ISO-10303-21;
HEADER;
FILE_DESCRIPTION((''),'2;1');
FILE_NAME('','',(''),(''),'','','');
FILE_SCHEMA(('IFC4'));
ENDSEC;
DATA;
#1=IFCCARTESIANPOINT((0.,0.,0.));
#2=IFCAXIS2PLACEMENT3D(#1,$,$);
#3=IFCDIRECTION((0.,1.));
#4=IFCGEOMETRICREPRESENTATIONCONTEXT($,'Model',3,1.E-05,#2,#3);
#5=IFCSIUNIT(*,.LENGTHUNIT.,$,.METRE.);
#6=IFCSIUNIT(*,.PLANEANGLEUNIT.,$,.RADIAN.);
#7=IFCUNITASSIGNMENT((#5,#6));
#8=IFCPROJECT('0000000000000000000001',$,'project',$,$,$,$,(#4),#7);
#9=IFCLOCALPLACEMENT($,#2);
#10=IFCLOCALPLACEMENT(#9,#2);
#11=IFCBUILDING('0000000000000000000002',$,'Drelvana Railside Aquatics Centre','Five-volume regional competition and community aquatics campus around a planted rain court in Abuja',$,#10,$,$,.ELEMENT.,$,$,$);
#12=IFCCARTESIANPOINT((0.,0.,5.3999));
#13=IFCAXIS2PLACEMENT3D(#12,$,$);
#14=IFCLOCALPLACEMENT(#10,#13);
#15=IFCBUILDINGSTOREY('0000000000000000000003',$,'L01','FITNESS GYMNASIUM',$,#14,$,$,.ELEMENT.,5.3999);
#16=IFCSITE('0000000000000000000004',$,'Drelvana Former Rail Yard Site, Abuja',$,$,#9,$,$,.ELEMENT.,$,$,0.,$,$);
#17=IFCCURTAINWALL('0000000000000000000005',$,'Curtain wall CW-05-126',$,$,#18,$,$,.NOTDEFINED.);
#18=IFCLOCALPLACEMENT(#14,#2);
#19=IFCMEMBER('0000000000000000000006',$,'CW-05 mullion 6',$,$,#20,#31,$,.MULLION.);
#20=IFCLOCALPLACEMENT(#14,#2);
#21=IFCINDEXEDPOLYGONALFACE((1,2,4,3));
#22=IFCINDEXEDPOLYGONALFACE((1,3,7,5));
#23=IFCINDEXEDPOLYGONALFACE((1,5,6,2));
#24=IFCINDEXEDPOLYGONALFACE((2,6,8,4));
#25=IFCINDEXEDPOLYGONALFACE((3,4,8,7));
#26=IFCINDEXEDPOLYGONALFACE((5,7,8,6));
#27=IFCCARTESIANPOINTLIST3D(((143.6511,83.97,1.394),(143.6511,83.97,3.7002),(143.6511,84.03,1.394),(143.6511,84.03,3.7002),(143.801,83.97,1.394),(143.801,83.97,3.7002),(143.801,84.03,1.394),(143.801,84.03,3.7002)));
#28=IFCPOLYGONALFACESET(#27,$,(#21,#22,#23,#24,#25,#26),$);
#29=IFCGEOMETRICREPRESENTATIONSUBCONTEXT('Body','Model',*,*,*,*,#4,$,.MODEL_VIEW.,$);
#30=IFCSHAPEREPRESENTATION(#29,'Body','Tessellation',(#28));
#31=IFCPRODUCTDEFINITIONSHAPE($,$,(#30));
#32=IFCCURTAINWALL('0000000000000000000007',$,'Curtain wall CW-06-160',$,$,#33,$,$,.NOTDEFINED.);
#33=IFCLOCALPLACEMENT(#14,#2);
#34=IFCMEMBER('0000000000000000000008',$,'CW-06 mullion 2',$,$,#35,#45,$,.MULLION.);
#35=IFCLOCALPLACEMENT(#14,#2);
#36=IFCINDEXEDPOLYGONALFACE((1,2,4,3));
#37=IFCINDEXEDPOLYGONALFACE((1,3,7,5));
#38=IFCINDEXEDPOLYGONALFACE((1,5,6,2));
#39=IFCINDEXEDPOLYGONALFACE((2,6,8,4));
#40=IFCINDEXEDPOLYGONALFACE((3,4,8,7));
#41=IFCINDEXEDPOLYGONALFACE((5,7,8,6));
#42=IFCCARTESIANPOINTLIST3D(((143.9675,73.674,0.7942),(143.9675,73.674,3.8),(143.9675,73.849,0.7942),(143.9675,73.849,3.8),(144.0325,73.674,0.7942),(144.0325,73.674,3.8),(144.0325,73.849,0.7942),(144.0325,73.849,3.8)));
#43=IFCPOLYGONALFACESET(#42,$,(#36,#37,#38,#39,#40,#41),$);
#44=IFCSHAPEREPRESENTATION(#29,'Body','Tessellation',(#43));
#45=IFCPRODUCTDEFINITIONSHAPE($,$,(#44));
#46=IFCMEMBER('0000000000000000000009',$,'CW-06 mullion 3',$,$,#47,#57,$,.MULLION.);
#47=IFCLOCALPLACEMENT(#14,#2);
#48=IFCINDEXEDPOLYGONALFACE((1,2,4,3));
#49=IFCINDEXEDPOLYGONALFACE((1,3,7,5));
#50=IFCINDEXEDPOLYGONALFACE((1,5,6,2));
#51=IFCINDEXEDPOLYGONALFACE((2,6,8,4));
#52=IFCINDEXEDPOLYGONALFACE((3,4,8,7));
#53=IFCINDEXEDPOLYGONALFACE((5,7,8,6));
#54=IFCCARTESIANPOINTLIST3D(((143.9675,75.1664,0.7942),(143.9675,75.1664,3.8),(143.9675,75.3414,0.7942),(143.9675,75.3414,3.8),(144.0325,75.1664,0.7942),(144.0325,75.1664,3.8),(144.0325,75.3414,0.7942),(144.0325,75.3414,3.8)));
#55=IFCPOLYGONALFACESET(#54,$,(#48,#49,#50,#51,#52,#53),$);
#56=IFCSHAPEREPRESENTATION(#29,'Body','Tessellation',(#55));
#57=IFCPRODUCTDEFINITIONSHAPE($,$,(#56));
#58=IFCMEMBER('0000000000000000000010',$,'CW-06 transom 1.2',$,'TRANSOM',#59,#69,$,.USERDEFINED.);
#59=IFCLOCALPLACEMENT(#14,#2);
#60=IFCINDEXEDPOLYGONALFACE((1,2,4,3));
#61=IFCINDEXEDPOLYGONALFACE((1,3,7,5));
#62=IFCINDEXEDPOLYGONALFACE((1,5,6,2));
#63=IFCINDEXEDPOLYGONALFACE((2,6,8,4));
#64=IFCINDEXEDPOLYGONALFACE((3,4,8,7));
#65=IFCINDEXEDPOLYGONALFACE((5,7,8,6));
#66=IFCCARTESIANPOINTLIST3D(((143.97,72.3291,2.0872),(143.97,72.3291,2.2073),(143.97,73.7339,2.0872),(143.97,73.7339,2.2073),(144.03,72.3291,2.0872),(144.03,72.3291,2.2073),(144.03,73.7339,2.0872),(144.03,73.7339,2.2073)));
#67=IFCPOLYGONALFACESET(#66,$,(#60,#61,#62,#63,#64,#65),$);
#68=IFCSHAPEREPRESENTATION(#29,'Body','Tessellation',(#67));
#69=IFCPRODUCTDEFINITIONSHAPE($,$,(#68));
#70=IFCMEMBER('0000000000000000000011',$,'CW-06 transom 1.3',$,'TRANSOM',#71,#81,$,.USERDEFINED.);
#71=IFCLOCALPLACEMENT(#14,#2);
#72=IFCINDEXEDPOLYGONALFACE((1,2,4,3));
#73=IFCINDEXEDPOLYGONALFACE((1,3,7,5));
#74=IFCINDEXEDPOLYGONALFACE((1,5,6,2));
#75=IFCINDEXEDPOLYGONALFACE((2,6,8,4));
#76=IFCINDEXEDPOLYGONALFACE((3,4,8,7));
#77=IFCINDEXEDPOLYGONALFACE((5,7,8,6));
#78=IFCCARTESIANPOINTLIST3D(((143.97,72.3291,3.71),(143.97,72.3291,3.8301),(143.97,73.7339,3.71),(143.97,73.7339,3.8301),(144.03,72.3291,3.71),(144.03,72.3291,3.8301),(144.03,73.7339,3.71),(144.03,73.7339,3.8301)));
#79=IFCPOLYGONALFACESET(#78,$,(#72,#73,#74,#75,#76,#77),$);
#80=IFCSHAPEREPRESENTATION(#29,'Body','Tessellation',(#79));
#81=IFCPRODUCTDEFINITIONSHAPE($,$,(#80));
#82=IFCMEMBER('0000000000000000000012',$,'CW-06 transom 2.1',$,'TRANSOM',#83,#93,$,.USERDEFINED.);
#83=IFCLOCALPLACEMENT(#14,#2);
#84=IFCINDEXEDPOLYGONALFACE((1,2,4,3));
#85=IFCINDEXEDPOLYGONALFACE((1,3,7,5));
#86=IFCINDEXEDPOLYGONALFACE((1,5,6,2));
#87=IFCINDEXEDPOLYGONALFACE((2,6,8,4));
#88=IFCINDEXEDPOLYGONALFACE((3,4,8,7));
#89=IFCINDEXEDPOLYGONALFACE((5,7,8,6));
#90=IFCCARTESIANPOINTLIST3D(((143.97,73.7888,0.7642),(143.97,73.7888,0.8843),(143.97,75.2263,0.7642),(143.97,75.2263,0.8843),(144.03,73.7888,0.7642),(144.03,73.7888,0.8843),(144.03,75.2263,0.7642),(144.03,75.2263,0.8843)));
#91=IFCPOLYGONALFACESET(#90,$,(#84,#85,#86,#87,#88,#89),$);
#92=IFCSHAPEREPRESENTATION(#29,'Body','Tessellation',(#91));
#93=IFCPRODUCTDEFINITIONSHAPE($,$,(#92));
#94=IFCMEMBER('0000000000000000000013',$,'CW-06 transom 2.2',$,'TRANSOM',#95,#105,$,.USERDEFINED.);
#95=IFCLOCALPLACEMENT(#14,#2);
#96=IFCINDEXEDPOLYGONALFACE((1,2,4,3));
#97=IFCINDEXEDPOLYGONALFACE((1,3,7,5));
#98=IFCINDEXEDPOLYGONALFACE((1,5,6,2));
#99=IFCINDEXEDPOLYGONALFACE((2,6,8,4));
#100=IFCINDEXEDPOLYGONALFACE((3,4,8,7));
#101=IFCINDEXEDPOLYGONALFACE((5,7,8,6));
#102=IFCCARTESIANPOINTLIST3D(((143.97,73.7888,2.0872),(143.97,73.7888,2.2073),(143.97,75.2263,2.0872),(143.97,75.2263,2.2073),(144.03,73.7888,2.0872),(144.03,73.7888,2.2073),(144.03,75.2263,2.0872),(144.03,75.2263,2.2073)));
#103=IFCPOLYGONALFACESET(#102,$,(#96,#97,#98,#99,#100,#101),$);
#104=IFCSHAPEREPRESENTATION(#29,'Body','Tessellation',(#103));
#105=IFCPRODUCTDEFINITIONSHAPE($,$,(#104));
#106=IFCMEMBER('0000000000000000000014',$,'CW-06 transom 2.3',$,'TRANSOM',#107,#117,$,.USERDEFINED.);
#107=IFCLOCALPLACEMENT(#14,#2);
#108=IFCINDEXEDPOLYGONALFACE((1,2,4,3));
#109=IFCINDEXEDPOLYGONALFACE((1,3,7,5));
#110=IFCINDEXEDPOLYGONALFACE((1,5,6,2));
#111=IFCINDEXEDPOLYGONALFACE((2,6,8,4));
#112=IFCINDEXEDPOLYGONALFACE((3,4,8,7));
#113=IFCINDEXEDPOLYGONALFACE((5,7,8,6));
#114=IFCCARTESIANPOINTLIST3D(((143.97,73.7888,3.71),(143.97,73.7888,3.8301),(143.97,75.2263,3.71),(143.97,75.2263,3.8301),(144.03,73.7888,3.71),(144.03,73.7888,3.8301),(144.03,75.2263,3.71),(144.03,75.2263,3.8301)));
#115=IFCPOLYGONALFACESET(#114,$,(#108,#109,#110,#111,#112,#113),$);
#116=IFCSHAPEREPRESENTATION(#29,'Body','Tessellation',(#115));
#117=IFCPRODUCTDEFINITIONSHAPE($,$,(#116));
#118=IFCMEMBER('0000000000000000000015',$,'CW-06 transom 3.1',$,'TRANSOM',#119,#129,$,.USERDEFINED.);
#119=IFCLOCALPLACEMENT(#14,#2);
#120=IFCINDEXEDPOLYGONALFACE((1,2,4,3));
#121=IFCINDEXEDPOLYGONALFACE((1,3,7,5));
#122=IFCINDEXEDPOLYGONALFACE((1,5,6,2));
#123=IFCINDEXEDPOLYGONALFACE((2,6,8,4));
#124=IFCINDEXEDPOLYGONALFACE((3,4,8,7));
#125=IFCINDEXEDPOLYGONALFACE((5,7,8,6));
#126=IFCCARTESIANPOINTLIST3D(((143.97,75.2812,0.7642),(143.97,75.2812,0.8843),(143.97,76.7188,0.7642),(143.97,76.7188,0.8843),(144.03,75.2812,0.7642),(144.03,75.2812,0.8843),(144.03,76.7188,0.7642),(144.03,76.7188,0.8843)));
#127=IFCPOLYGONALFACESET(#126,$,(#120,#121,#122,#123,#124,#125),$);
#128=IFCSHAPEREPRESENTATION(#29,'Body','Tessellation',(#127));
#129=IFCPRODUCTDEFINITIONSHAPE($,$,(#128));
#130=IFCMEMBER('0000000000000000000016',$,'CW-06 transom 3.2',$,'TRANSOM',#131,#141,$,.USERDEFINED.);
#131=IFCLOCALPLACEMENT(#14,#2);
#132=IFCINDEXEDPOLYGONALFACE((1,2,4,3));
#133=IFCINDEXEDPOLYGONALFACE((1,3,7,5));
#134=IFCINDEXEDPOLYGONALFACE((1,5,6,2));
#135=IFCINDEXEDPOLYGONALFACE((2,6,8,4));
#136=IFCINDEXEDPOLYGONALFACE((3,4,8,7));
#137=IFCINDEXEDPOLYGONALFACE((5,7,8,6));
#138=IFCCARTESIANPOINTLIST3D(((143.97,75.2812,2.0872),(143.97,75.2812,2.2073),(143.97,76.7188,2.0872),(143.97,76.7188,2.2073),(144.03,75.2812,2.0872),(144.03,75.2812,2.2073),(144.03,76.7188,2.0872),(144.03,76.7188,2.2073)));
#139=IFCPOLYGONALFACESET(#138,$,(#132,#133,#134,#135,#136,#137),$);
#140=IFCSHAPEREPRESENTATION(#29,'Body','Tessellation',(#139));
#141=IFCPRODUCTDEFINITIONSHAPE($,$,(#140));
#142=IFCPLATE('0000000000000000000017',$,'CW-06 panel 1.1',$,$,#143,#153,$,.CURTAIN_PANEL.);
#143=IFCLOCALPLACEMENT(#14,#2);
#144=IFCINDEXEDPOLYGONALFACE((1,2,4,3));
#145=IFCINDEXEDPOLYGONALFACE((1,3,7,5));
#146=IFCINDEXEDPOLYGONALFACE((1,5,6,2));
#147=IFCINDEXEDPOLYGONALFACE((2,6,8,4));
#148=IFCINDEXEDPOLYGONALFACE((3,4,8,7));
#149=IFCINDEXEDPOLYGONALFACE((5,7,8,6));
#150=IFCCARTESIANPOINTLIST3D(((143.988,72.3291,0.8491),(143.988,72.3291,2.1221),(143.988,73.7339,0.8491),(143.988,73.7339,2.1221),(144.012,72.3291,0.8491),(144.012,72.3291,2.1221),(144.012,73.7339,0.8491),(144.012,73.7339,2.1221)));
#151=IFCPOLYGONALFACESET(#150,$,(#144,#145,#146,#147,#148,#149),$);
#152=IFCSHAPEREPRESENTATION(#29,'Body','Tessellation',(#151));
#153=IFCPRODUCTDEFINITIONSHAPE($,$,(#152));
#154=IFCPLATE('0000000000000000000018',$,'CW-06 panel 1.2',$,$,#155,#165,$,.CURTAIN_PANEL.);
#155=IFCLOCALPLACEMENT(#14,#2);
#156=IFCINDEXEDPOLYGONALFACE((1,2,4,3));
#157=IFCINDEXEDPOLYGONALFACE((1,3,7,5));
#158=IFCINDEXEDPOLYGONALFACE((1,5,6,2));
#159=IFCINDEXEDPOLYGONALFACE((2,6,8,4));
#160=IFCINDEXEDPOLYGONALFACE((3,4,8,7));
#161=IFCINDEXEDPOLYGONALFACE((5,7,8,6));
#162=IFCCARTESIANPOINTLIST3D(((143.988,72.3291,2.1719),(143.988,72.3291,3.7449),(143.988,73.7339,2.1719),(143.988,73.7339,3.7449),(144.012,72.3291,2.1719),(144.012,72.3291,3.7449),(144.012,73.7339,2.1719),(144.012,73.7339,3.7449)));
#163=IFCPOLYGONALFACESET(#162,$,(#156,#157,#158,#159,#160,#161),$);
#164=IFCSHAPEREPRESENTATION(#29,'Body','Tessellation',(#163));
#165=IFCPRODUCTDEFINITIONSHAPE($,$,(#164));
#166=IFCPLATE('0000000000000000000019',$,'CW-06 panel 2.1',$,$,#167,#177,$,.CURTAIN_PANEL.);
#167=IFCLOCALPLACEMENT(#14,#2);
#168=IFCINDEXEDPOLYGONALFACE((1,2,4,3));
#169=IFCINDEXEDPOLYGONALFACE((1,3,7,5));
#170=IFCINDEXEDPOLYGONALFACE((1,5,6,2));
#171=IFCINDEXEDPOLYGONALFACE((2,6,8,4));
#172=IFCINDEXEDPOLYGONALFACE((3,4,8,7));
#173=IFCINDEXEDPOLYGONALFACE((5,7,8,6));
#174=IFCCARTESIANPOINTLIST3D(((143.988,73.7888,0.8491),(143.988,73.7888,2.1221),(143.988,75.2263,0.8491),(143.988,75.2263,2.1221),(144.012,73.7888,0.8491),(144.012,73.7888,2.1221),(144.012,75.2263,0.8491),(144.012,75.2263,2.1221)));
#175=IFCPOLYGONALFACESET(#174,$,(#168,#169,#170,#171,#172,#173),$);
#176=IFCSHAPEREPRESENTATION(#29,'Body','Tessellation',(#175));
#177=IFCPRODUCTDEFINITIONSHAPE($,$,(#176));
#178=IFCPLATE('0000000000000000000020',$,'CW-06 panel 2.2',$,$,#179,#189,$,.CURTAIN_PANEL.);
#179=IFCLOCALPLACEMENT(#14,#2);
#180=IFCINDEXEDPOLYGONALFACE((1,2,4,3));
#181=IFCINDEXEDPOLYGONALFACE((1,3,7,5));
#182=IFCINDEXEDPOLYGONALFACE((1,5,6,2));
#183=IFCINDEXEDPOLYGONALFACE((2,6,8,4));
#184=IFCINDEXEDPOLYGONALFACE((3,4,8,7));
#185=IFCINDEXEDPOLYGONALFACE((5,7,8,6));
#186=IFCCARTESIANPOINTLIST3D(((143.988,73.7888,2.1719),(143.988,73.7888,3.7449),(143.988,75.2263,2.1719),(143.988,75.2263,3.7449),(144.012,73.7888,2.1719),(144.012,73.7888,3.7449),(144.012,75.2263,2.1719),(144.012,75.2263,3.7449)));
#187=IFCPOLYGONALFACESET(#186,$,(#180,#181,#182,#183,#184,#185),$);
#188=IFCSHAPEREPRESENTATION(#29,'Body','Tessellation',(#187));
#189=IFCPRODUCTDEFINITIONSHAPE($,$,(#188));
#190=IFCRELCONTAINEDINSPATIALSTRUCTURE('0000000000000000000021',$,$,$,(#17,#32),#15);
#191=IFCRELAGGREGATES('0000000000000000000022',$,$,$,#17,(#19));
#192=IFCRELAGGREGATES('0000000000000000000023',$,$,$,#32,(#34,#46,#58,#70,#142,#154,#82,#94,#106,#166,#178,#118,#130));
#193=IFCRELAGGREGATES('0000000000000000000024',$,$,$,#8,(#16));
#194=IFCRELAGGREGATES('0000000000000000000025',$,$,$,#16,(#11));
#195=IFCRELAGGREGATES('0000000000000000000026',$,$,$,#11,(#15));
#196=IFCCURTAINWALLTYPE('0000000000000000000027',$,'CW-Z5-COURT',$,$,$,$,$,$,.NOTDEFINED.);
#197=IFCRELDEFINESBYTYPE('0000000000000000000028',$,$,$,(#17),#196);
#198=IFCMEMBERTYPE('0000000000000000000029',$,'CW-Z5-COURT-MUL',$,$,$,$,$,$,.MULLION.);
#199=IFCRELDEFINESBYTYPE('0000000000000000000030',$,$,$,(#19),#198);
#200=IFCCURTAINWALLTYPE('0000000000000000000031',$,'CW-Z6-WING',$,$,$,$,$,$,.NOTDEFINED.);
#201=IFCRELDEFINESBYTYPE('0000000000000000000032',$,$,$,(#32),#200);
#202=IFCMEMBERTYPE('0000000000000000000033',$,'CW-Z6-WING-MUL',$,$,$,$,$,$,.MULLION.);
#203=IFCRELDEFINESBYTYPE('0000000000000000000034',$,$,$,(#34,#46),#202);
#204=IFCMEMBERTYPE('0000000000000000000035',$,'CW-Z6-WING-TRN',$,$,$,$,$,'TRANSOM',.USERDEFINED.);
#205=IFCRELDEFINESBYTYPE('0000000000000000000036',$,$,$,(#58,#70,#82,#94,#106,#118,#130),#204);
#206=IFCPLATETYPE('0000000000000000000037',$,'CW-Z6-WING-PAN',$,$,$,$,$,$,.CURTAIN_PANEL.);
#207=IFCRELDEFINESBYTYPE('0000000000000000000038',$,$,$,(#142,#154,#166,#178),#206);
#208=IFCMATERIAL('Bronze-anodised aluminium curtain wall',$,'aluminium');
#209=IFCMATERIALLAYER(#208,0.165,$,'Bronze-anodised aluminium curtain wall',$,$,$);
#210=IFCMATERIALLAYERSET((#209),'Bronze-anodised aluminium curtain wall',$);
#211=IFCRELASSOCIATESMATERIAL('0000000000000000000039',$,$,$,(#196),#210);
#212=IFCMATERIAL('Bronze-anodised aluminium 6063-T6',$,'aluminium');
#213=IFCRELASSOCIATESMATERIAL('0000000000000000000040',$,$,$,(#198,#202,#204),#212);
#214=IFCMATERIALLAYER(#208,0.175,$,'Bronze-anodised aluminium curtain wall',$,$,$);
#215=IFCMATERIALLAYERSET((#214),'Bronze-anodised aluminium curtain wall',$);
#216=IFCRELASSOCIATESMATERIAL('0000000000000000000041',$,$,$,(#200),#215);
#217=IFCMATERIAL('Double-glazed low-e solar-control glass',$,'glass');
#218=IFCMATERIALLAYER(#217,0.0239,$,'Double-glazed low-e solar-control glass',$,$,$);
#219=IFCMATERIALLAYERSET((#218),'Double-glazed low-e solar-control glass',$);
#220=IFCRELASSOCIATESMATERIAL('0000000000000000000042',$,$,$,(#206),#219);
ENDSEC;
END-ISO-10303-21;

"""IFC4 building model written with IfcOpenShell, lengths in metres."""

from ifc_helpers import new_model, si_unit, direction, frame, origin, origin_2d, place, context, subcontext, project, spatial, rectangle, extrude, material, layer, layer_set, material_profile, profile_set, type_object, element, aggregate, save


model = new_model("IFC4")

# Units and contexts
model_context = context("Model", 3, precision=1e-05, world=origin(), true_north=direction((0.0, 1.0)))
body_context = subcontext(model_context, "Body", "Model", "MODEL_VIEW")
ifc_project = project(units=[si_unit("LENGTHUNIT", "METRE"), si_unit("PLANEANGLEUNIT", "RADIAN")], contexts=[model_context])

# Site, building, storey
site_placement = place(None, origin())
site = spatial("IfcSite", under=ifc_project, at=site_placement, Name="Drelvana Former Rail Yard Site, Abuja", CompositionType="ELEMENT", RefElevation=0.0)
building_placement = place(site_placement, origin())
building = spatial("IfcBuilding", under=site, at=building_placement, Name="Drelvana Railside Aquatics Centre", Description="Five-volume regional competition and community aquatics campus around a planted rain court in Abuja", CompositionType="ELEMENT")
storey_placement = place(building_placement, frame((0.0, 0.0, 5.3999)))
storey = spatial("IfcBuildingStorey", under=building, at=storey_placement, Name="L01", Description="FITNESS GYMNASIUM", CompositionType="ELEMENT", Elevation=5.3999)

# Curtain wall, member
ifc_material_1 = material(Name="Bronze-anodised aluminium curtain wall", Category="aluminium")
ifc_layer_1 = layer(ifc_material_1, 0.165, Name="Bronze-anodised aluminium curtain wall")
ifc_layer_set_1 = layer_set([ifc_layer_1], Name="Bronze-anodised aluminium curtain wall")
curtain_wall_type_1 = type_object("IfcCurtainWallType", Name="CW-Z5-COURT", PredefinedType="NOTDEFINED", material=ifc_layer_set_1)
curtain_wall_1_placement = place(storey_placement, origin())
curtain_wall_1 = element("IfcCurtainWall", 1, at=curtain_wall_1_placement, inside=storey, type_object=curtain_wall_type_1, Name="Curtain wall CW-05-126", PredefinedType="NOTDEFINED")
ifc_material_2 = material(Name="Bronze-anodised aluminium 6063-T6", Category="aluminium")
ifc_material_profile_1 = material_profile(ifc_material_2, rectangle(XDim=0.0601, YDim=0.1499, at=origin_2d()), Name="ALU-M 60x150")
ifc_profile_set_1 = profile_set([ifc_material_profile_1], Name="Bronze-anodised aluminium 6063-T6")
member_type_1 = type_object("IfcMemberType", Name="CW-Z5-COURT-MUL", PredefinedType="MULLION", material=ifc_profile_set_1)
member_1_placement = place(storey_placement, frame((143.7261, 84.0, 1.394), z_axis=(0.0, 0.0, 1.0), x_axis=(0.0, 1.0, 0.0)))
member_1 = element("IfcMember", 2, at=member_1_placement, type_object=member_type_1, Name="CW-05 mullion 6", PredefinedType="MULLION", context=body_context, shape_type="SweptSolid", body=[
    extrude(rectangle(XDim=0.0601, YDim=0.1499, at=origin_2d()), origin(), (0.0, 0.0, 1.0), 2.3062),
])
aggregate(curtain_wall_1, [member_1])

# Curtain wall, members, plates
ifc_layer_2 = layer(ifc_material_1, 0.175, Name="Bronze-anodised aluminium curtain wall")
ifc_layer_set_2 = layer_set([ifc_layer_2], Name="Bronze-anodised aluminium curtain wall")
curtain_wall_type_2 = type_object("IfcCurtainWallType", Name="CW-Z6-WING", PredefinedType="NOTDEFINED", material=ifc_layer_set_2)
curtain_wall_2_placement = place(storey_placement, origin())
curtain_wall_2 = element("IfcCurtainWall", 3, at=curtain_wall_2_placement, inside=storey, type_object=curtain_wall_type_2, Name="Curtain wall CW-06-160", PredefinedType="NOTDEFINED")
ifc_material_profile_2 = material_profile(ifc_material_2, rectangle(XDim=0.0649, YDim=0.175, at=origin_2d()), Name="ALU-M 65x175")
ifc_profile_set_2 = profile_set([ifc_material_profile_2], Name="Bronze-anodised aluminium 6063-T6")
member_type_2 = type_object("IfcMemberType", Name="CW-Z6-WING-MUL", PredefinedType="MULLION", material=ifc_profile_set_2)
member_2_placement = place(storey_placement, frame((144.0, 73.7615, 0.7942), z_axis=(0.0, 0.0, 1.0), x_axis=(-1.0, 0.0, 0.0)))
member_2 = element("IfcMember", 4, at=member_2_placement, type_object=member_type_2, Name="CW-06 mullion 2", PredefinedType="MULLION", context=body_context, shape_type="SweptSolid", body=[
    extrude(rectangle(XDim=0.0649, YDim=0.175, at=origin_2d()), origin(), (0.0, 0.0, 1.0), 3.0059),
])
member_3_placement = place(storey_placement, frame((144.0, 75.2539, 0.7942), z_axis=(0.0, 0.0, 1.0), x_axis=(-1.0, 0.0, 0.0)))
member_3 = element("IfcMember", 5, at=member_3_placement, type_object=member_type_2, Name="CW-06 mullion 3", PredefinedType="MULLION", context=body_context, shape_type="SweptSolid", body=[
    extrude(rectangle(XDim=0.0649, YDim=0.175, at=origin_2d()), origin(), (0.0, 0.0, 1.0), 3.0059),
])
ifc_material_profile_3 = material_profile(ifc_material_2, rectangle(XDim=0.1201, YDim=0.0601, at=origin_2d()), Name="ALU-T 60x120")
ifc_profile_set_3 = profile_set([ifc_material_profile_3], Name="Bronze-anodised aluminium 6063-T6")
member_type_3 = type_object("IfcMemberType", Name="CW-Z6-WING-TRN", ElementType="TRANSOM", PredefinedType="USERDEFINED", material=ifc_profile_set_3)
member_4_placement = place(storey_placement, frame((144.0, 72.3291, 2.1472), z_axis=(0.0, 1.0, 0.0), x_axis=(0.0, 0.0, 1.0)))
member_4 = element("IfcMember", 6, at=member_4_placement, type_object=member_type_3, Name="CW-06 transom 1.2", ObjectType="TRANSOM", PredefinedType="USERDEFINED", context=body_context, shape_type="SweptSolid", body=[
    extrude(rectangle(XDim=0.1201, YDim=0.0601, at=origin_2d()), origin(), (0.0, 0.0, 1.0), 1.4048),
])
member_5_placement = place(storey_placement, frame((144.0, 72.3291, 3.77), z_axis=(0.0, 1.0, 0.0), x_axis=(0.0, 0.0, 1.0)))
member_5 = element("IfcMember", 7, at=member_5_placement, type_object=member_type_3, Name="CW-06 transom 1.3", ObjectType="TRANSOM", PredefinedType="USERDEFINED", context=body_context, shape_type="SweptSolid", body=[
    extrude(rectangle(XDim=0.1201, YDim=0.0601, at=origin_2d()), origin(), (0.0, 0.0, 1.0), 1.4048),
])
member_6_placement = place(storey_placement, frame((144.0, 73.7888, 0.8242), z_axis=(0.0, 1.0, 0.0), x_axis=(0.0, 0.0, 1.0)))
member_6 = element("IfcMember", 8, at=member_6_placement, type_object=member_type_3, Name="CW-06 transom 2.1", ObjectType="TRANSOM", PredefinedType="USERDEFINED", context=body_context, shape_type="SweptSolid", body=[
    extrude(rectangle(XDim=0.1201, YDim=0.0601, at=origin_2d()), origin(), (0.0, 0.0, 1.0), 1.4375),
])
member_7_placement = place(storey_placement, frame((144.0, 73.7888, 2.1472), z_axis=(0.0, 1.0, 0.0), x_axis=(0.0, 0.0, 1.0)))
member_7 = element("IfcMember", 9, at=member_7_placement, type_object=member_type_3, Name="CW-06 transom 2.2", ObjectType="TRANSOM", PredefinedType="USERDEFINED", context=body_context, shape_type="SweptSolid", body=[
    extrude(rectangle(XDim=0.1201, YDim=0.0601, at=origin_2d()), origin(), (0.0, 0.0, 1.0), 1.4375),
])
member_8_placement = place(storey_placement, frame((144.0, 73.7888, 3.77), z_axis=(0.0, 1.0, 0.0), x_axis=(0.0, 0.0, 1.0)))
member_8 = element("IfcMember", 10, at=member_8_placement, type_object=member_type_3, Name="CW-06 transom 2.3", ObjectType="TRANSOM", PredefinedType="USERDEFINED", context=body_context, shape_type="SweptSolid", body=[
    extrude(rectangle(XDim=0.1201, YDim=0.0601, at=origin_2d()), origin(), (0.0, 0.0, 1.0), 1.4375),
])
member_9_placement = place(storey_placement, frame((144.0, 75.2812, 0.8242), z_axis=(0.0, 1.0, 0.0), x_axis=(0.0, 0.0, 1.0)))
member_9 = element("IfcMember", 11, at=member_9_placement, type_object=member_type_3, Name="CW-06 transom 3.1", ObjectType="TRANSOM", PredefinedType="USERDEFINED", context=body_context, shape_type="SweptSolid", body=[
    extrude(rectangle(XDim=0.1201, YDim=0.0601, at=origin_2d()), origin(), (0.0, 0.0, 1.0), 1.4375),
])
member_10_placement = place(storey_placement, frame((144.0, 75.2812, 2.1472), z_axis=(0.0, 1.0, 0.0), x_axis=(0.0, 0.0, 1.0)))
member_10 = element("IfcMember", 12, at=member_10_placement, type_object=member_type_3, Name="CW-06 transom 3.2", ObjectType="TRANSOM", PredefinedType="USERDEFINED", context=body_context, shape_type="SweptSolid", body=[
    extrude(rectangle(XDim=0.1201, YDim=0.0601, at=origin_2d()), origin(), (0.0, 0.0, 1.0), 1.4375),
])
ifc_material_3 = material(Name="Double-glazed low-e solar-control glass", Category="glass")
ifc_layer_3 = layer(ifc_material_3, 0.0239, Name="Double-glazed low-e solar-control glass")
ifc_layer_set_3 = layer_set([ifc_layer_3], Name="Double-glazed low-e solar-control glass")
plate_type = type_object("IfcPlateType", Name="CW-Z6-WING-PAN", PredefinedType="CURTAIN_PANEL", material=ifc_layer_set_3)
plate_1_placement = place(storey_placement, frame((144.0, 73.0315, 0.8491), z_axis=(0.0, 0.0, 1.0), x_axis=(0.0, 1.0, 0.0)))
plate_1 = element("IfcPlate", 13, at=plate_1_placement, type_object=plate_type, Name="CW-06 panel 1.1", PredefinedType="CURTAIN_PANEL", context=body_context, shape_type="SweptSolid", body=[
    extrude(rectangle(XDim=1.4048, YDim=0.0239, at=origin_2d()), origin(), (0.0, 0.0, 1.0), 1.2729),
])
plate_2_placement = place(storey_placement, frame((144.0, 73.0315, 2.1719), z_axis=(0.0, 0.0, 1.0), x_axis=(0.0, 1.0, 0.0)))
plate_2 = element("IfcPlate", 14, at=plate_2_placement, type_object=plate_type, Name="CW-06 panel 1.2", PredefinedType="CURTAIN_PANEL", context=body_context, shape_type="SweptSolid", body=[
    extrude(rectangle(XDim=1.4048, YDim=0.0239, at=origin_2d()), origin(), (0.0, 0.0, 1.0), 1.573),
])
plate_3_placement = place(storey_placement, frame((144.0, 74.5076, 0.8491), z_axis=(0.0, 0.0, 1.0), x_axis=(0.0, 1.0, 0.0)))
plate_3 = element("IfcPlate", 15, at=plate_3_placement, type_object=plate_type, Name="CW-06 panel 2.1", PredefinedType="CURTAIN_PANEL", context=body_context, shape_type="SweptSolid", body=[
    extrude(rectangle(XDim=1.4375, YDim=0.0239, at=origin_2d()), origin(), (0.0, 0.0, 1.0), 1.2729),
])
plate_4_placement = place(storey_placement, frame((144.0, 74.5076, 2.1719), z_axis=(0.0, 0.0, 1.0), x_axis=(0.0, 1.0, 0.0)))
plate_4 = element("IfcPlate", 16, at=plate_4_placement, type_object=plate_type, Name="CW-06 panel 2.2", PredefinedType="CURTAIN_PANEL", context=body_context, shape_type="SweptSolid", body=[
    extrude(rectangle(XDim=1.4375, YDim=0.0239, at=origin_2d()), origin(), (0.0, 0.0, 1.0), 1.573),
])
aggregate(curtain_wall_2, [member_2, member_3, member_4, member_5, plate_1, plate_2, member_6, member_7, member_8, plate_3, plate_4, member_9, member_10])

save(model, "model.ifc")
